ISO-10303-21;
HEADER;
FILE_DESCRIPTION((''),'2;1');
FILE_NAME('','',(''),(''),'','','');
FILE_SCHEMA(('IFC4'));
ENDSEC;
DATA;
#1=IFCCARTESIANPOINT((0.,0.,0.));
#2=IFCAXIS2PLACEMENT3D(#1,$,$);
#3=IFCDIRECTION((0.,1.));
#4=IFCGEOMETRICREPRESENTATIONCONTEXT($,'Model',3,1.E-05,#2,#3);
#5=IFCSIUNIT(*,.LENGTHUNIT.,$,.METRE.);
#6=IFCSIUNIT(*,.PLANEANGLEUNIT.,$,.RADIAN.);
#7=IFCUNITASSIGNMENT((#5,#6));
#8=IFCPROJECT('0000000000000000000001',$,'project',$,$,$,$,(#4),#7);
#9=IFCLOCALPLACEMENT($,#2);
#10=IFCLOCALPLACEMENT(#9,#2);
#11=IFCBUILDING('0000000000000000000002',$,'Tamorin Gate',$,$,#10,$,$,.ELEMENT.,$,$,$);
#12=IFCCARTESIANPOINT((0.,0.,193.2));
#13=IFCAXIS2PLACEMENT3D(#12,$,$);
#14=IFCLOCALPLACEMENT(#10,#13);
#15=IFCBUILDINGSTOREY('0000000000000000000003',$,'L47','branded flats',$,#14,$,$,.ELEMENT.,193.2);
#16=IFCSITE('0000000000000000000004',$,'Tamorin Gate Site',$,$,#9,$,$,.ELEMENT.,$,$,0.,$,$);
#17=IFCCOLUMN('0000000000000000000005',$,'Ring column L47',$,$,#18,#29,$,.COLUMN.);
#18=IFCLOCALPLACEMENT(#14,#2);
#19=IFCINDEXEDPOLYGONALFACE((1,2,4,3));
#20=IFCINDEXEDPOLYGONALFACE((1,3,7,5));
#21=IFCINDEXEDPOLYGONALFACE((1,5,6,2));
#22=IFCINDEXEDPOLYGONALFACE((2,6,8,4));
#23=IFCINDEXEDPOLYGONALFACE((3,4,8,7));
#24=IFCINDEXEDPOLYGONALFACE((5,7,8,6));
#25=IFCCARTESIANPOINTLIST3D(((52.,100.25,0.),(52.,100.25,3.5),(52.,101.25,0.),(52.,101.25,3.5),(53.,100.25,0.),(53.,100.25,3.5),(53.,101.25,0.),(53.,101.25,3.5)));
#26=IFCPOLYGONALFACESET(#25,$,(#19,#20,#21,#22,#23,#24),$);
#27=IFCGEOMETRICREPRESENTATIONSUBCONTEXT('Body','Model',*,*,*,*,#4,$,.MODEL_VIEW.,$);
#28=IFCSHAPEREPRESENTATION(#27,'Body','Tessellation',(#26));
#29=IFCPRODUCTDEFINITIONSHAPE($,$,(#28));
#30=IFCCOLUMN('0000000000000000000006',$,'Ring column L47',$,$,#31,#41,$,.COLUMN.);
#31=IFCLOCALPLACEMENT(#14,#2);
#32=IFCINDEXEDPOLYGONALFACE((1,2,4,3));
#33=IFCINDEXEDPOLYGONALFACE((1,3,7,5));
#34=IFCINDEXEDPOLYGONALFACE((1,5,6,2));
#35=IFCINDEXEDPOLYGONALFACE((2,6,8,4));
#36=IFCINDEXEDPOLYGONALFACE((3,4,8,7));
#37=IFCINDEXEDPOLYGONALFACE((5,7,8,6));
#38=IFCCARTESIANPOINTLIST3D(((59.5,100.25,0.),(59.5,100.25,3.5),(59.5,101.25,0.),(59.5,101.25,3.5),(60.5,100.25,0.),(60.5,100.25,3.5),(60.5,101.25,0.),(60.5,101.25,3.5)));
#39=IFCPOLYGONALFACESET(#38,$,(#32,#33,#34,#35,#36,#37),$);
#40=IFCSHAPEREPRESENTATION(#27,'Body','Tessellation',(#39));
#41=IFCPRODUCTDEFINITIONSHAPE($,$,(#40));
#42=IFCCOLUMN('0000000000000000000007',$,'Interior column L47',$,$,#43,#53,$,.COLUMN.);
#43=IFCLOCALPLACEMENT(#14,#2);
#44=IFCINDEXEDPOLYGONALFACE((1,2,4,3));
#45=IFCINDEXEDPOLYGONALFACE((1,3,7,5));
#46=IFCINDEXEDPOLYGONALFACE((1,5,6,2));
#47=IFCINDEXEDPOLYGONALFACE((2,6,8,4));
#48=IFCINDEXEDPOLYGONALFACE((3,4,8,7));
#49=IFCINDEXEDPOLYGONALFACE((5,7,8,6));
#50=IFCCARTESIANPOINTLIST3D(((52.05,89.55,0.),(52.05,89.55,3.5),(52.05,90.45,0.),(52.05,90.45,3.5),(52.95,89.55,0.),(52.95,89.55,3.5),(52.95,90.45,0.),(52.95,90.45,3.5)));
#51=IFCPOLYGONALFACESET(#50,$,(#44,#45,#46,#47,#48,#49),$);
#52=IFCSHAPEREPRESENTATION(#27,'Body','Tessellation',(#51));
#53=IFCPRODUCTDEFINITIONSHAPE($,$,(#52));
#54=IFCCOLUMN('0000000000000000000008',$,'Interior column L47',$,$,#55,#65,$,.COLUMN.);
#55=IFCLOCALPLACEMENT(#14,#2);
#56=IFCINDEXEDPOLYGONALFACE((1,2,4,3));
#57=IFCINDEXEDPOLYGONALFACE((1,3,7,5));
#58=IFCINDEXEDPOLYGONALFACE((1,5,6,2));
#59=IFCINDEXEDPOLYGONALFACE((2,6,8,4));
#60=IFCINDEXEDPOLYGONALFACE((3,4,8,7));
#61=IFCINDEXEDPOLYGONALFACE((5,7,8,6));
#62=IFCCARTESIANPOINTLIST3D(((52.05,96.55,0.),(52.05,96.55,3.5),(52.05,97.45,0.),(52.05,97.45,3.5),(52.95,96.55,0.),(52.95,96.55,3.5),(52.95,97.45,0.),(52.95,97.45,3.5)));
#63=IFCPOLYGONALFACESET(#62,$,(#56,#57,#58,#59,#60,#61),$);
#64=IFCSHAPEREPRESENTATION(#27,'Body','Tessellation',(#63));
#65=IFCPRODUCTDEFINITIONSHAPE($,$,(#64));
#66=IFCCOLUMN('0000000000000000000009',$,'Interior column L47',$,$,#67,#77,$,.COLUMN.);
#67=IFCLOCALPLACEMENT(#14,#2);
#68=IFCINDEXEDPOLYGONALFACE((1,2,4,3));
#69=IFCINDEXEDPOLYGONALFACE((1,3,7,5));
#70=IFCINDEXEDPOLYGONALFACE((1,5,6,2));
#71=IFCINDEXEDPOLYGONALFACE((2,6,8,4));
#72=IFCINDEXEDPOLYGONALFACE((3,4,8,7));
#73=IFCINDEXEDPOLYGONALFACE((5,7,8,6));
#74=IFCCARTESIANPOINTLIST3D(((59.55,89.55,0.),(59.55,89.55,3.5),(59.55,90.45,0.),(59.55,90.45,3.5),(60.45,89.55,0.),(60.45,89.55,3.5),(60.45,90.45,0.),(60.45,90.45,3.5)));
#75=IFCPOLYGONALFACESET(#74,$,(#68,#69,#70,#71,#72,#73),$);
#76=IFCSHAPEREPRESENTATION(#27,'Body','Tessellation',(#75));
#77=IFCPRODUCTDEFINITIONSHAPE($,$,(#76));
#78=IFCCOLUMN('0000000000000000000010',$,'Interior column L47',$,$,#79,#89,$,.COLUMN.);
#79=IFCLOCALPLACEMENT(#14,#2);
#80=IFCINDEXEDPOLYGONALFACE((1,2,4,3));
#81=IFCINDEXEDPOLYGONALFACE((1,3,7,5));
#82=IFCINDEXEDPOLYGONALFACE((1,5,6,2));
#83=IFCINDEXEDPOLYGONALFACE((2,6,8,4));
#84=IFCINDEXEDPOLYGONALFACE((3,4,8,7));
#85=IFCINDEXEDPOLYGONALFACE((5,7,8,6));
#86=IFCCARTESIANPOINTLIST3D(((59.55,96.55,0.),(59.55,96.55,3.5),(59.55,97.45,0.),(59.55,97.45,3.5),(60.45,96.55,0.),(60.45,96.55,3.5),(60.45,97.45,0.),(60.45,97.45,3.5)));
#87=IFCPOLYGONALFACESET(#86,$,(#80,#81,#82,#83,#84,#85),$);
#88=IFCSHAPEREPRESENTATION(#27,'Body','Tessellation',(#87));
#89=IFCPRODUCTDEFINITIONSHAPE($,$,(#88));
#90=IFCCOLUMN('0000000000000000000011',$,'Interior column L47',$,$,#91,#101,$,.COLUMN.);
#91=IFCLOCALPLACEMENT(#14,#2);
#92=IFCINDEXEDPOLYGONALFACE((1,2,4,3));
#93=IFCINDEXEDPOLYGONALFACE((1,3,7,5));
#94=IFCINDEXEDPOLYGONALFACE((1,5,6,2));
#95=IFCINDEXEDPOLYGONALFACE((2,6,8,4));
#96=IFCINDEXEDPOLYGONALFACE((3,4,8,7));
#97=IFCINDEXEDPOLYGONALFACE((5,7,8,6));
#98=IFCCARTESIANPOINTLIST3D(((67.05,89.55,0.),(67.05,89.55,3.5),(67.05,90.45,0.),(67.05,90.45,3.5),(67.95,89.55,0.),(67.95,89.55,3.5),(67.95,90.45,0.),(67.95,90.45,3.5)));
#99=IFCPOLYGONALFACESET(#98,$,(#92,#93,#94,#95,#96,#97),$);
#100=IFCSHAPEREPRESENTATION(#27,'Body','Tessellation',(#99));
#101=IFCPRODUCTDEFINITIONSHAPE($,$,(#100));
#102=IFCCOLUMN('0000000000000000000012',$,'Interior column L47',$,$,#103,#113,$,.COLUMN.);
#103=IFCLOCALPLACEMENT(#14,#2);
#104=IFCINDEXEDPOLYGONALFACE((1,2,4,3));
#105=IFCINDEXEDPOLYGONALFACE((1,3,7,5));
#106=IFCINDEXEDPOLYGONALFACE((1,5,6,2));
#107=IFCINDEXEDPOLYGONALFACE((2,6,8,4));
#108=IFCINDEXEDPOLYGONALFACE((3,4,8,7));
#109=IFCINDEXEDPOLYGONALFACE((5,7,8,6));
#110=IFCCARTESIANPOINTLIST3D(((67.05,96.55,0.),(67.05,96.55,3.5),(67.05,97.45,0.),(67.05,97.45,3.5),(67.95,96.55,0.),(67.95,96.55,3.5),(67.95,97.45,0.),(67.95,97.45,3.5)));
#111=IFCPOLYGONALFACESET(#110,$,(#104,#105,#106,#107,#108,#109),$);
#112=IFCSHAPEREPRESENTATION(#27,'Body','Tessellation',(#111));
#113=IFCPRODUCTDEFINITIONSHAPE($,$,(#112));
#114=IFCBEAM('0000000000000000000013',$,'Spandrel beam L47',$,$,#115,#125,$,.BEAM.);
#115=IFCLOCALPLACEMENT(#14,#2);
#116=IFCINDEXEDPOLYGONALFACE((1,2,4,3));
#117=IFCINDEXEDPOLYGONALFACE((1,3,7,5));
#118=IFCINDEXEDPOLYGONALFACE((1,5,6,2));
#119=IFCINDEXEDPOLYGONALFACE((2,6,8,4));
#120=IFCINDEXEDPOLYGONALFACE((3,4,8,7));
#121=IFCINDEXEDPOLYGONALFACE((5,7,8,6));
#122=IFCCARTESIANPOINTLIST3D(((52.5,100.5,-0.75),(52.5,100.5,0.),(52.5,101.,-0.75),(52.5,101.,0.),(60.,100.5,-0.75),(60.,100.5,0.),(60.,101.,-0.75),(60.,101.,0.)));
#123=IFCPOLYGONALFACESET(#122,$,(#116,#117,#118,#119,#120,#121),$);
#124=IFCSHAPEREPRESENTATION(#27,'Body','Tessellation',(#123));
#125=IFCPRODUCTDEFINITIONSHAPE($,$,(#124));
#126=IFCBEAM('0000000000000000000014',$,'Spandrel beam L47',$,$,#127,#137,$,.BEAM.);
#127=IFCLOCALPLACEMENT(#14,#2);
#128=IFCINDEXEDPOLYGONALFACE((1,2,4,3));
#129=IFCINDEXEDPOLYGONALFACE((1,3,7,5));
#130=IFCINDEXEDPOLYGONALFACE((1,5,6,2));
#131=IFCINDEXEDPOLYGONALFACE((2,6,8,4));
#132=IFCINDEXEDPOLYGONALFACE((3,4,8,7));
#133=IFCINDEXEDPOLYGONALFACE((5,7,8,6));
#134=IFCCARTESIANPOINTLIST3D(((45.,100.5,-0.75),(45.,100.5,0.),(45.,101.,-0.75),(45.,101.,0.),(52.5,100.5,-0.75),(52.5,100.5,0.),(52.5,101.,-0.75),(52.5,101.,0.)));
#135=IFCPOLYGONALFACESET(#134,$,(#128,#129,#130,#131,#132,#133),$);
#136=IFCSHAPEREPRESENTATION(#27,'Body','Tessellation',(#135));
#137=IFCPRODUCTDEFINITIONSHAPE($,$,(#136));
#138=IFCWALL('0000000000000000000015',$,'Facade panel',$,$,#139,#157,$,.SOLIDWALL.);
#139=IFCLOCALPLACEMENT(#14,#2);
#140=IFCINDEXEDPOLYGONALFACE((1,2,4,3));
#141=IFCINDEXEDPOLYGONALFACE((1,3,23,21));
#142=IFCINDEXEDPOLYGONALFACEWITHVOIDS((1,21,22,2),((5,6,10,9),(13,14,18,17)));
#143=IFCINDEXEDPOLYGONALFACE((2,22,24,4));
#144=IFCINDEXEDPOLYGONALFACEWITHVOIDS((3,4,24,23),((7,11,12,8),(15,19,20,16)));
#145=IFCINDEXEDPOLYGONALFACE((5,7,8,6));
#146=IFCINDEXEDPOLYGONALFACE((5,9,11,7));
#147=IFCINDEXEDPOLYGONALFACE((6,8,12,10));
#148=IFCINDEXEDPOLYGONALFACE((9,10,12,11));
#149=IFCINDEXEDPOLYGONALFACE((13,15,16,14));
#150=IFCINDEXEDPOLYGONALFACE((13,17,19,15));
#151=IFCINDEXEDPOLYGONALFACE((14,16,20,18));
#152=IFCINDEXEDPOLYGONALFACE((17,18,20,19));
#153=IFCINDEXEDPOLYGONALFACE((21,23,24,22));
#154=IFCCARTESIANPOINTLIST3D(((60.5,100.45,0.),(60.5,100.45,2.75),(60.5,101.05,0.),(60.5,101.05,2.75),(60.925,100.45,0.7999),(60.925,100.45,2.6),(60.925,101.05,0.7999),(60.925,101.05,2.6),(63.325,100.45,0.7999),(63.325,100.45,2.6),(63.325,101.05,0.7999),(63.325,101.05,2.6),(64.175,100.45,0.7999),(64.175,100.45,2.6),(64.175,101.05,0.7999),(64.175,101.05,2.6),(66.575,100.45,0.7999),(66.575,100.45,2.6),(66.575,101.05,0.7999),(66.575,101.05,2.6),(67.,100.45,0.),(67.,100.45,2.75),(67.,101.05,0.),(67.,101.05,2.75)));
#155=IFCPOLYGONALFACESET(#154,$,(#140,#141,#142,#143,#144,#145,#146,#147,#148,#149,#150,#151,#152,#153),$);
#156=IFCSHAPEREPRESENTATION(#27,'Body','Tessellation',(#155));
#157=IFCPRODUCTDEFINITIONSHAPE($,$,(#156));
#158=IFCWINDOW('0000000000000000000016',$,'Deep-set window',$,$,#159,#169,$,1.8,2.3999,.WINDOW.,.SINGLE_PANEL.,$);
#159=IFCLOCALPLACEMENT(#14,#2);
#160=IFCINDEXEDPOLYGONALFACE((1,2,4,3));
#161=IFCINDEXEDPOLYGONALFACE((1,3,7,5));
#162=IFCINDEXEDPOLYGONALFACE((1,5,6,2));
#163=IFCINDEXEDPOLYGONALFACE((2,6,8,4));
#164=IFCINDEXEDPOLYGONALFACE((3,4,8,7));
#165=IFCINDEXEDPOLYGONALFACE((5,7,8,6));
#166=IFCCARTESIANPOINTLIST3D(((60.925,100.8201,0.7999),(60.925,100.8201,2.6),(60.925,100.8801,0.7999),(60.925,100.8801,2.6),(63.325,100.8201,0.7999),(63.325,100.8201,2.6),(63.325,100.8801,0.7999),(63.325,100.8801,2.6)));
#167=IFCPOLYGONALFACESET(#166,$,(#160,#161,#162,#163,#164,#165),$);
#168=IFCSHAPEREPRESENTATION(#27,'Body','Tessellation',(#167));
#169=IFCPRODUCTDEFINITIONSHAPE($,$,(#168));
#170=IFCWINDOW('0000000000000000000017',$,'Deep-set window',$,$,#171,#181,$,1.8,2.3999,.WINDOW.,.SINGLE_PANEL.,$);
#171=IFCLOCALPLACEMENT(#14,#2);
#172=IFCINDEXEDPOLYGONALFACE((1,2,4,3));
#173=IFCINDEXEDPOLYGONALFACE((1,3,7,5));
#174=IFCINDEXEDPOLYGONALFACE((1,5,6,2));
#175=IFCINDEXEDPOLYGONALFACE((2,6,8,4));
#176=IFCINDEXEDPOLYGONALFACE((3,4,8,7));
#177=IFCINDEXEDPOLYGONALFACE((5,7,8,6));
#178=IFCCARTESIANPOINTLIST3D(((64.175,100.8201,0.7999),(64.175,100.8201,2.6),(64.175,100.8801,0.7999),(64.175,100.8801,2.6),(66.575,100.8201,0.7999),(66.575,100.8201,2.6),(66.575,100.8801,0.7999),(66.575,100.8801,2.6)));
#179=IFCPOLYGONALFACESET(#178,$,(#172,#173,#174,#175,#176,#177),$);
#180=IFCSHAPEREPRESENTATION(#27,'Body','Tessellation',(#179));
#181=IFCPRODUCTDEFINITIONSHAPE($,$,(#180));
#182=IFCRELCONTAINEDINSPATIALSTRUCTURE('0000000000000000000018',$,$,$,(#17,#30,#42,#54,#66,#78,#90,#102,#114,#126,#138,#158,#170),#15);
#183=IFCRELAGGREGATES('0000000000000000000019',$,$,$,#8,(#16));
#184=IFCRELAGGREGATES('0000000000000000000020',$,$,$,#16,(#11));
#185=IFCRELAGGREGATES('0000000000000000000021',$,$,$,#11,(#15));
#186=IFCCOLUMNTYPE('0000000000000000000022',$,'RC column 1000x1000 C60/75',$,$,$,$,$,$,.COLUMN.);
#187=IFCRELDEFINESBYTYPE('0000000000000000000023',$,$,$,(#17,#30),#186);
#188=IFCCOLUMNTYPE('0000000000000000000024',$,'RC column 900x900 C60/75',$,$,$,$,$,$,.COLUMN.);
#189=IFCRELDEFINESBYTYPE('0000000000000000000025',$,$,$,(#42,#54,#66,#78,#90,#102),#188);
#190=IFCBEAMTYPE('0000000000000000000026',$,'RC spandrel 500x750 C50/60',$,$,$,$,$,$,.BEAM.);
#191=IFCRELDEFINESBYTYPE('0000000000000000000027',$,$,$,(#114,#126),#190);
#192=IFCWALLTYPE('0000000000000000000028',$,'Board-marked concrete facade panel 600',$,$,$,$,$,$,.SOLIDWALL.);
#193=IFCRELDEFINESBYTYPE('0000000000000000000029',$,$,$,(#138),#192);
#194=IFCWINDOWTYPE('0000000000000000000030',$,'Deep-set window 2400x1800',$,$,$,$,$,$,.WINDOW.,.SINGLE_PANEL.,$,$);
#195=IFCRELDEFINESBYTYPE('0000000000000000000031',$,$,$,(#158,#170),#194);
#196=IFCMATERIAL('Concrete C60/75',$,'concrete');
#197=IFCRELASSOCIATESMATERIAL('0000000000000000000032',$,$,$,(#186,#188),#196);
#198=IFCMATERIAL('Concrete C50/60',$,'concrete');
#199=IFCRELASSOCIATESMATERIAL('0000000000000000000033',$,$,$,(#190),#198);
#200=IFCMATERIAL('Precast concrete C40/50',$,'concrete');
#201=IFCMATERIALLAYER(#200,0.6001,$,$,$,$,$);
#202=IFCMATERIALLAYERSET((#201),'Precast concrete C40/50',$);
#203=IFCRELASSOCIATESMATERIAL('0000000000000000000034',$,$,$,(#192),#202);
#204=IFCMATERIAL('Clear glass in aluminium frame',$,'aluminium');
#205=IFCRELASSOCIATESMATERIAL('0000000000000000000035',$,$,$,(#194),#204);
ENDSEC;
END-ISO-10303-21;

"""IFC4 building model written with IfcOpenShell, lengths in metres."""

from ifc_helpers import new_model, si_unit, direction, frame, frame_2d, origin, origin_2d, place, context, subcontext, project, spatial, rectangle, extrude, material, layer, layer_set, material_profile, profile_set, type_object, element, fill, save


model = new_model("IFC4")

# Units and contexts
model_context = context("Model", 3, precision=1e-05, world=origin(), true_north=direction((0.0, 1.0)))
body_context = subcontext(model_context, "Body", "Model", "MODEL_VIEW")
ifc_project = project(units=[si_unit("LENGTHUNIT", "METRE"), si_unit("PLANEANGLEUNIT", "RADIAN")], contexts=[model_context])

# Site, building, storey
site_placement = place(None, origin())
site = spatial("IfcSite", under=ifc_project, at=site_placement, Name="Tamorin Gate Site", CompositionType="ELEMENT", RefElevation=0.0)
building_placement = place(site_placement, origin())
building = spatial("IfcBuilding", under=site, at=building_placement, Name="Tamorin Gate", CompositionType="ELEMENT")
storey_placement = place(building_placement, frame((0.0, 0.0, 193.2)))
storey = spatial("IfcBuildingStorey", under=building, at=storey_placement, Name="L47", Description="branded flats", CompositionType="ELEMENT", Elevation=193.2)

# Columns
ifc_material_1 = material(Name="Concrete C60/75", Category="concrete")
ifc_material_profile_1 = material_profile(ifc_material_1, rectangle(XDim=1.0, YDim=1.0, at=origin_2d()), Name="RC 1000x1000")
ifc_profile_set_1 = profile_set([ifc_material_profile_1], Name="Concrete C60/75")
column_type_1 = type_object("IfcColumnType", Name="RC column 1000x1000 C60/75", PredefinedType="COLUMN", material=ifc_profile_set_1)
for number, where, z_axis, x_axis, name in (
    (1, (52.5, 100.75, 0.0), (0.0, 0.0, 1.0), (1.0, 0.0, 0.0), "Ring column L47"),
    (2, (60.0, 100.75, 0.0), (0.0, 0.0, 1.0), (1.0, 0.0, 0.0), "Ring column L47"),
):
    element("IfcColumn", number, at=place(storey_placement, frame(where, z_axis=z_axis, x_axis=x_axis)), inside=storey, type_object=column_type_1, Name=name, PredefinedType="COLUMN", context=body_context, shape_type="SweptSolid", body=[
        extrude(rectangle(XDim=1.0, YDim=1.0, at=origin_2d()), origin(), (0.0, 0.0, 1.0), 3.5),
    ])
ifc_material_profile_2 = material_profile(ifc_material_1, rectangle(XDim=0.8999, YDim=0.8999, at=origin_2d()), Name="RC 900x900")
ifc_profile_set_2 = profile_set([ifc_material_profile_2], Name="Concrete C60/75")
column_type_2 = type_object("IfcColumnType", Name="RC column 900x900 C60/75", PredefinedType="COLUMN", material=ifc_profile_set_2)
for number, where, z_axis, x_axis, name in (
    (3, (52.5, 90.0, 0.0), (0.0, 0.0, 1.0), (1.0, 0.0, 0.0), "Interior column L47"),
    (4, (52.5, 97.0, 0.0), (0.0, 0.0, 1.0), (1.0, 0.0, 0.0), "Interior column L47"),
    (5, (60.0, 90.0, 0.0), (0.0, 0.0, 1.0), (1.0, 0.0, 0.0), "Interior column L47"),
    (6, (60.0, 97.0, 0.0), (0.0, 0.0, 1.0), (1.0, 0.0, 0.0), "Interior column L47"),
    (7, (67.5, 90.0, 0.0), (0.0, 0.0, 1.0), (1.0, 0.0, 0.0), "Interior column L47"),
    (8, (67.5, 97.0, 0.0), (0.0, 0.0, 1.0), (1.0, 0.0, 0.0), "Interior column L47"),
):
    element("IfcColumn", number, at=place(storey_placement, frame(where, z_axis=z_axis, x_axis=x_axis)), inside=storey, type_object=column_type_2, Name=name, PredefinedType="COLUMN", context=body_context, shape_type="SweptSolid", body=[
        extrude(rectangle(XDim=0.8999, YDim=0.8999, at=origin_2d()), origin(), (0.0, 0.0, 1.0), 3.5),
    ])

# Beams
ifc_material_2 = material(Name="Concrete C50/60", Category="concrete")
ifc_material_profile_3 = material_profile(ifc_material_2, rectangle(XDim=0.5, YDim=0.75, at=origin_2d()), Name="RC 500x750")
ifc_profile_set_3 = profile_set([ifc_material_profile_3], Name="Concrete C50/60")
beam_type = type_object("IfcBeamType", Name="RC spandrel 500x750 C50/60", PredefinedType="BEAM", material=ifc_profile_set_3)
for number, where, z_axis, x_axis, name in (
    (9, (60.0, 100.75, -0.375), (-1.0, 0.0, 0.0), (0.0, -1.0, 0.0), "Spandrel beam L47"),
    (10, (52.5, 100.75, -0.375), (-1.0, 0.0, 0.0), (0.0, -1.0, 0.0), "Spandrel beam L47"),
):
    element("IfcBeam", number, at=place(storey_placement, frame(where, z_axis=z_axis, x_axis=x_axis)), inside=storey, type_object=beam_type, Name=name, PredefinedType="BEAM", context=body_context, shape_type="SweptSolid", body=[
        extrude(rectangle(XDim=0.5, YDim=0.75, at=origin_2d()), origin(), (0.0, 0.0, 1.0), 7.5),
    ])

# Wall, openings, windows
ifc_material_3 = material(Name="Precast concrete C40/50", Category="concrete")
ifc_layer_1 = layer(ifc_material_3, 0.6001)
ifc_layer_set_1 = layer_set([ifc_layer_1], Name="Precast concrete C40/50")
wall_type_1 = type_object("IfcWallType", Name="Board-marked concrete facade panel 600", PredefinedType="SOLIDWALL", material=ifc_layer_set_1)
wall_1_placement = place(storey_placement, frame((67.0, 100.75, 0.0), z_axis=(0.0, 0.0, 1.0), x_axis=(-1.0, 0.0, 0.0)))
wall_1 = element("IfcWall", 11, at=wall_1_placement, inside=storey, type_object=wall_type_1, Name="Facade panel", PredefinedType="SOLIDWALL", context=body_context, shape_type="SweptSolid", body=[
    extrude(rectangle(XDim=6.5, YDim=0.6001, at=frame_2d((3.25, 0.0))), origin(), (0.0, 0.0, 1.0), 2.75),
])
opening_1_placement = place(wall_1_placement, frame((3.675, 0.0, 0.8)))
opening_1 = element("IfcOpeningElement", 12, at=opening_1_placement, cuts=wall_1, PredefinedType="OPENING", context=body_context, shape_type="SweptSolid", body=[
    extrude(rectangle(XDim=2.3999, YDim=1.8, at=frame_2d((1.2, 0.8999))), frame((0.0, 0.3101, 0.0), z_axis=(0.0, -1.0, 0.0), x_axis=(1.0, 0.0, 0.0)), (0.0, 0.0, 1.0), 0.6201),
])
opening_2_placement = place(wall_1_placement, frame((0.425, 0.0, 0.8)))
opening_2 = element("IfcOpeningElement", 13, at=opening_2_placement, cuts=wall_1, PredefinedType="OPENING", context=body_context, shape_type="SweptSolid", body=[
    extrude(rectangle(XDim=2.3999, YDim=1.8, at=frame_2d((1.2, 0.8999))), frame((0.0, 0.3101, 0.0), z_axis=(0.0, -1.0, 0.0), x_axis=(1.0, 0.0, 0.0)), (0.0, 0.0, 1.0), 0.6201),
])
ifc_material_4 = material(Name="Clear glass in aluminium frame", Category="aluminium")
window_type = type_object("IfcWindowType", Name="Deep-set window 2400x1800", PartitioningType="SINGLE_PANEL", PredefinedType="WINDOW", material=ifc_material_4)
window_1_placement = place(opening_1_placement, origin())
window_1 = element("IfcWindow", 14, at=window_1_placement, inside=storey, type_object=window_type, Name="Deep-set window", OverallHeight=1.8, OverallWidth=2.3999, PartitioningType="SINGLE_PANEL", PredefinedType="WINDOW", context=body_context, shape_type="SweptSolid", body=[
    extrude(rectangle(XDim=2.3999, YDim=1.8, at=frame_2d((1.2, 0.8999))), frame((0.0, -0.0701, 0.0), z_axis=(0.0, -1.0, 0.0), x_axis=(1.0, 0.0, 0.0)), (0.0, 0.0, 1.0), 0.0601),
])
fill(opening_1, window_1)
window_2_placement = place(opening_2_placement, origin())
window_2 = element("IfcWindow", 15, at=window_2_placement, inside=storey, type_object=window_type, Name="Deep-set window", OverallHeight=1.8, OverallWidth=2.3999, PartitioningType="SINGLE_PANEL", PredefinedType="WINDOW", context=body_context, shape_type="SweptSolid", body=[
    extrude(rectangle(XDim=2.3999, YDim=1.8, at=frame_2d((1.2, 0.8999))), frame((0.0, -0.0701, 0.0), z_axis=(0.0, -1.0, 0.0), x_axis=(1.0, 0.0, 0.0)), (0.0, 0.0, 1.0), 0.0601),
])
fill(opening_2, window_2)

save(model, "model.ifc")
